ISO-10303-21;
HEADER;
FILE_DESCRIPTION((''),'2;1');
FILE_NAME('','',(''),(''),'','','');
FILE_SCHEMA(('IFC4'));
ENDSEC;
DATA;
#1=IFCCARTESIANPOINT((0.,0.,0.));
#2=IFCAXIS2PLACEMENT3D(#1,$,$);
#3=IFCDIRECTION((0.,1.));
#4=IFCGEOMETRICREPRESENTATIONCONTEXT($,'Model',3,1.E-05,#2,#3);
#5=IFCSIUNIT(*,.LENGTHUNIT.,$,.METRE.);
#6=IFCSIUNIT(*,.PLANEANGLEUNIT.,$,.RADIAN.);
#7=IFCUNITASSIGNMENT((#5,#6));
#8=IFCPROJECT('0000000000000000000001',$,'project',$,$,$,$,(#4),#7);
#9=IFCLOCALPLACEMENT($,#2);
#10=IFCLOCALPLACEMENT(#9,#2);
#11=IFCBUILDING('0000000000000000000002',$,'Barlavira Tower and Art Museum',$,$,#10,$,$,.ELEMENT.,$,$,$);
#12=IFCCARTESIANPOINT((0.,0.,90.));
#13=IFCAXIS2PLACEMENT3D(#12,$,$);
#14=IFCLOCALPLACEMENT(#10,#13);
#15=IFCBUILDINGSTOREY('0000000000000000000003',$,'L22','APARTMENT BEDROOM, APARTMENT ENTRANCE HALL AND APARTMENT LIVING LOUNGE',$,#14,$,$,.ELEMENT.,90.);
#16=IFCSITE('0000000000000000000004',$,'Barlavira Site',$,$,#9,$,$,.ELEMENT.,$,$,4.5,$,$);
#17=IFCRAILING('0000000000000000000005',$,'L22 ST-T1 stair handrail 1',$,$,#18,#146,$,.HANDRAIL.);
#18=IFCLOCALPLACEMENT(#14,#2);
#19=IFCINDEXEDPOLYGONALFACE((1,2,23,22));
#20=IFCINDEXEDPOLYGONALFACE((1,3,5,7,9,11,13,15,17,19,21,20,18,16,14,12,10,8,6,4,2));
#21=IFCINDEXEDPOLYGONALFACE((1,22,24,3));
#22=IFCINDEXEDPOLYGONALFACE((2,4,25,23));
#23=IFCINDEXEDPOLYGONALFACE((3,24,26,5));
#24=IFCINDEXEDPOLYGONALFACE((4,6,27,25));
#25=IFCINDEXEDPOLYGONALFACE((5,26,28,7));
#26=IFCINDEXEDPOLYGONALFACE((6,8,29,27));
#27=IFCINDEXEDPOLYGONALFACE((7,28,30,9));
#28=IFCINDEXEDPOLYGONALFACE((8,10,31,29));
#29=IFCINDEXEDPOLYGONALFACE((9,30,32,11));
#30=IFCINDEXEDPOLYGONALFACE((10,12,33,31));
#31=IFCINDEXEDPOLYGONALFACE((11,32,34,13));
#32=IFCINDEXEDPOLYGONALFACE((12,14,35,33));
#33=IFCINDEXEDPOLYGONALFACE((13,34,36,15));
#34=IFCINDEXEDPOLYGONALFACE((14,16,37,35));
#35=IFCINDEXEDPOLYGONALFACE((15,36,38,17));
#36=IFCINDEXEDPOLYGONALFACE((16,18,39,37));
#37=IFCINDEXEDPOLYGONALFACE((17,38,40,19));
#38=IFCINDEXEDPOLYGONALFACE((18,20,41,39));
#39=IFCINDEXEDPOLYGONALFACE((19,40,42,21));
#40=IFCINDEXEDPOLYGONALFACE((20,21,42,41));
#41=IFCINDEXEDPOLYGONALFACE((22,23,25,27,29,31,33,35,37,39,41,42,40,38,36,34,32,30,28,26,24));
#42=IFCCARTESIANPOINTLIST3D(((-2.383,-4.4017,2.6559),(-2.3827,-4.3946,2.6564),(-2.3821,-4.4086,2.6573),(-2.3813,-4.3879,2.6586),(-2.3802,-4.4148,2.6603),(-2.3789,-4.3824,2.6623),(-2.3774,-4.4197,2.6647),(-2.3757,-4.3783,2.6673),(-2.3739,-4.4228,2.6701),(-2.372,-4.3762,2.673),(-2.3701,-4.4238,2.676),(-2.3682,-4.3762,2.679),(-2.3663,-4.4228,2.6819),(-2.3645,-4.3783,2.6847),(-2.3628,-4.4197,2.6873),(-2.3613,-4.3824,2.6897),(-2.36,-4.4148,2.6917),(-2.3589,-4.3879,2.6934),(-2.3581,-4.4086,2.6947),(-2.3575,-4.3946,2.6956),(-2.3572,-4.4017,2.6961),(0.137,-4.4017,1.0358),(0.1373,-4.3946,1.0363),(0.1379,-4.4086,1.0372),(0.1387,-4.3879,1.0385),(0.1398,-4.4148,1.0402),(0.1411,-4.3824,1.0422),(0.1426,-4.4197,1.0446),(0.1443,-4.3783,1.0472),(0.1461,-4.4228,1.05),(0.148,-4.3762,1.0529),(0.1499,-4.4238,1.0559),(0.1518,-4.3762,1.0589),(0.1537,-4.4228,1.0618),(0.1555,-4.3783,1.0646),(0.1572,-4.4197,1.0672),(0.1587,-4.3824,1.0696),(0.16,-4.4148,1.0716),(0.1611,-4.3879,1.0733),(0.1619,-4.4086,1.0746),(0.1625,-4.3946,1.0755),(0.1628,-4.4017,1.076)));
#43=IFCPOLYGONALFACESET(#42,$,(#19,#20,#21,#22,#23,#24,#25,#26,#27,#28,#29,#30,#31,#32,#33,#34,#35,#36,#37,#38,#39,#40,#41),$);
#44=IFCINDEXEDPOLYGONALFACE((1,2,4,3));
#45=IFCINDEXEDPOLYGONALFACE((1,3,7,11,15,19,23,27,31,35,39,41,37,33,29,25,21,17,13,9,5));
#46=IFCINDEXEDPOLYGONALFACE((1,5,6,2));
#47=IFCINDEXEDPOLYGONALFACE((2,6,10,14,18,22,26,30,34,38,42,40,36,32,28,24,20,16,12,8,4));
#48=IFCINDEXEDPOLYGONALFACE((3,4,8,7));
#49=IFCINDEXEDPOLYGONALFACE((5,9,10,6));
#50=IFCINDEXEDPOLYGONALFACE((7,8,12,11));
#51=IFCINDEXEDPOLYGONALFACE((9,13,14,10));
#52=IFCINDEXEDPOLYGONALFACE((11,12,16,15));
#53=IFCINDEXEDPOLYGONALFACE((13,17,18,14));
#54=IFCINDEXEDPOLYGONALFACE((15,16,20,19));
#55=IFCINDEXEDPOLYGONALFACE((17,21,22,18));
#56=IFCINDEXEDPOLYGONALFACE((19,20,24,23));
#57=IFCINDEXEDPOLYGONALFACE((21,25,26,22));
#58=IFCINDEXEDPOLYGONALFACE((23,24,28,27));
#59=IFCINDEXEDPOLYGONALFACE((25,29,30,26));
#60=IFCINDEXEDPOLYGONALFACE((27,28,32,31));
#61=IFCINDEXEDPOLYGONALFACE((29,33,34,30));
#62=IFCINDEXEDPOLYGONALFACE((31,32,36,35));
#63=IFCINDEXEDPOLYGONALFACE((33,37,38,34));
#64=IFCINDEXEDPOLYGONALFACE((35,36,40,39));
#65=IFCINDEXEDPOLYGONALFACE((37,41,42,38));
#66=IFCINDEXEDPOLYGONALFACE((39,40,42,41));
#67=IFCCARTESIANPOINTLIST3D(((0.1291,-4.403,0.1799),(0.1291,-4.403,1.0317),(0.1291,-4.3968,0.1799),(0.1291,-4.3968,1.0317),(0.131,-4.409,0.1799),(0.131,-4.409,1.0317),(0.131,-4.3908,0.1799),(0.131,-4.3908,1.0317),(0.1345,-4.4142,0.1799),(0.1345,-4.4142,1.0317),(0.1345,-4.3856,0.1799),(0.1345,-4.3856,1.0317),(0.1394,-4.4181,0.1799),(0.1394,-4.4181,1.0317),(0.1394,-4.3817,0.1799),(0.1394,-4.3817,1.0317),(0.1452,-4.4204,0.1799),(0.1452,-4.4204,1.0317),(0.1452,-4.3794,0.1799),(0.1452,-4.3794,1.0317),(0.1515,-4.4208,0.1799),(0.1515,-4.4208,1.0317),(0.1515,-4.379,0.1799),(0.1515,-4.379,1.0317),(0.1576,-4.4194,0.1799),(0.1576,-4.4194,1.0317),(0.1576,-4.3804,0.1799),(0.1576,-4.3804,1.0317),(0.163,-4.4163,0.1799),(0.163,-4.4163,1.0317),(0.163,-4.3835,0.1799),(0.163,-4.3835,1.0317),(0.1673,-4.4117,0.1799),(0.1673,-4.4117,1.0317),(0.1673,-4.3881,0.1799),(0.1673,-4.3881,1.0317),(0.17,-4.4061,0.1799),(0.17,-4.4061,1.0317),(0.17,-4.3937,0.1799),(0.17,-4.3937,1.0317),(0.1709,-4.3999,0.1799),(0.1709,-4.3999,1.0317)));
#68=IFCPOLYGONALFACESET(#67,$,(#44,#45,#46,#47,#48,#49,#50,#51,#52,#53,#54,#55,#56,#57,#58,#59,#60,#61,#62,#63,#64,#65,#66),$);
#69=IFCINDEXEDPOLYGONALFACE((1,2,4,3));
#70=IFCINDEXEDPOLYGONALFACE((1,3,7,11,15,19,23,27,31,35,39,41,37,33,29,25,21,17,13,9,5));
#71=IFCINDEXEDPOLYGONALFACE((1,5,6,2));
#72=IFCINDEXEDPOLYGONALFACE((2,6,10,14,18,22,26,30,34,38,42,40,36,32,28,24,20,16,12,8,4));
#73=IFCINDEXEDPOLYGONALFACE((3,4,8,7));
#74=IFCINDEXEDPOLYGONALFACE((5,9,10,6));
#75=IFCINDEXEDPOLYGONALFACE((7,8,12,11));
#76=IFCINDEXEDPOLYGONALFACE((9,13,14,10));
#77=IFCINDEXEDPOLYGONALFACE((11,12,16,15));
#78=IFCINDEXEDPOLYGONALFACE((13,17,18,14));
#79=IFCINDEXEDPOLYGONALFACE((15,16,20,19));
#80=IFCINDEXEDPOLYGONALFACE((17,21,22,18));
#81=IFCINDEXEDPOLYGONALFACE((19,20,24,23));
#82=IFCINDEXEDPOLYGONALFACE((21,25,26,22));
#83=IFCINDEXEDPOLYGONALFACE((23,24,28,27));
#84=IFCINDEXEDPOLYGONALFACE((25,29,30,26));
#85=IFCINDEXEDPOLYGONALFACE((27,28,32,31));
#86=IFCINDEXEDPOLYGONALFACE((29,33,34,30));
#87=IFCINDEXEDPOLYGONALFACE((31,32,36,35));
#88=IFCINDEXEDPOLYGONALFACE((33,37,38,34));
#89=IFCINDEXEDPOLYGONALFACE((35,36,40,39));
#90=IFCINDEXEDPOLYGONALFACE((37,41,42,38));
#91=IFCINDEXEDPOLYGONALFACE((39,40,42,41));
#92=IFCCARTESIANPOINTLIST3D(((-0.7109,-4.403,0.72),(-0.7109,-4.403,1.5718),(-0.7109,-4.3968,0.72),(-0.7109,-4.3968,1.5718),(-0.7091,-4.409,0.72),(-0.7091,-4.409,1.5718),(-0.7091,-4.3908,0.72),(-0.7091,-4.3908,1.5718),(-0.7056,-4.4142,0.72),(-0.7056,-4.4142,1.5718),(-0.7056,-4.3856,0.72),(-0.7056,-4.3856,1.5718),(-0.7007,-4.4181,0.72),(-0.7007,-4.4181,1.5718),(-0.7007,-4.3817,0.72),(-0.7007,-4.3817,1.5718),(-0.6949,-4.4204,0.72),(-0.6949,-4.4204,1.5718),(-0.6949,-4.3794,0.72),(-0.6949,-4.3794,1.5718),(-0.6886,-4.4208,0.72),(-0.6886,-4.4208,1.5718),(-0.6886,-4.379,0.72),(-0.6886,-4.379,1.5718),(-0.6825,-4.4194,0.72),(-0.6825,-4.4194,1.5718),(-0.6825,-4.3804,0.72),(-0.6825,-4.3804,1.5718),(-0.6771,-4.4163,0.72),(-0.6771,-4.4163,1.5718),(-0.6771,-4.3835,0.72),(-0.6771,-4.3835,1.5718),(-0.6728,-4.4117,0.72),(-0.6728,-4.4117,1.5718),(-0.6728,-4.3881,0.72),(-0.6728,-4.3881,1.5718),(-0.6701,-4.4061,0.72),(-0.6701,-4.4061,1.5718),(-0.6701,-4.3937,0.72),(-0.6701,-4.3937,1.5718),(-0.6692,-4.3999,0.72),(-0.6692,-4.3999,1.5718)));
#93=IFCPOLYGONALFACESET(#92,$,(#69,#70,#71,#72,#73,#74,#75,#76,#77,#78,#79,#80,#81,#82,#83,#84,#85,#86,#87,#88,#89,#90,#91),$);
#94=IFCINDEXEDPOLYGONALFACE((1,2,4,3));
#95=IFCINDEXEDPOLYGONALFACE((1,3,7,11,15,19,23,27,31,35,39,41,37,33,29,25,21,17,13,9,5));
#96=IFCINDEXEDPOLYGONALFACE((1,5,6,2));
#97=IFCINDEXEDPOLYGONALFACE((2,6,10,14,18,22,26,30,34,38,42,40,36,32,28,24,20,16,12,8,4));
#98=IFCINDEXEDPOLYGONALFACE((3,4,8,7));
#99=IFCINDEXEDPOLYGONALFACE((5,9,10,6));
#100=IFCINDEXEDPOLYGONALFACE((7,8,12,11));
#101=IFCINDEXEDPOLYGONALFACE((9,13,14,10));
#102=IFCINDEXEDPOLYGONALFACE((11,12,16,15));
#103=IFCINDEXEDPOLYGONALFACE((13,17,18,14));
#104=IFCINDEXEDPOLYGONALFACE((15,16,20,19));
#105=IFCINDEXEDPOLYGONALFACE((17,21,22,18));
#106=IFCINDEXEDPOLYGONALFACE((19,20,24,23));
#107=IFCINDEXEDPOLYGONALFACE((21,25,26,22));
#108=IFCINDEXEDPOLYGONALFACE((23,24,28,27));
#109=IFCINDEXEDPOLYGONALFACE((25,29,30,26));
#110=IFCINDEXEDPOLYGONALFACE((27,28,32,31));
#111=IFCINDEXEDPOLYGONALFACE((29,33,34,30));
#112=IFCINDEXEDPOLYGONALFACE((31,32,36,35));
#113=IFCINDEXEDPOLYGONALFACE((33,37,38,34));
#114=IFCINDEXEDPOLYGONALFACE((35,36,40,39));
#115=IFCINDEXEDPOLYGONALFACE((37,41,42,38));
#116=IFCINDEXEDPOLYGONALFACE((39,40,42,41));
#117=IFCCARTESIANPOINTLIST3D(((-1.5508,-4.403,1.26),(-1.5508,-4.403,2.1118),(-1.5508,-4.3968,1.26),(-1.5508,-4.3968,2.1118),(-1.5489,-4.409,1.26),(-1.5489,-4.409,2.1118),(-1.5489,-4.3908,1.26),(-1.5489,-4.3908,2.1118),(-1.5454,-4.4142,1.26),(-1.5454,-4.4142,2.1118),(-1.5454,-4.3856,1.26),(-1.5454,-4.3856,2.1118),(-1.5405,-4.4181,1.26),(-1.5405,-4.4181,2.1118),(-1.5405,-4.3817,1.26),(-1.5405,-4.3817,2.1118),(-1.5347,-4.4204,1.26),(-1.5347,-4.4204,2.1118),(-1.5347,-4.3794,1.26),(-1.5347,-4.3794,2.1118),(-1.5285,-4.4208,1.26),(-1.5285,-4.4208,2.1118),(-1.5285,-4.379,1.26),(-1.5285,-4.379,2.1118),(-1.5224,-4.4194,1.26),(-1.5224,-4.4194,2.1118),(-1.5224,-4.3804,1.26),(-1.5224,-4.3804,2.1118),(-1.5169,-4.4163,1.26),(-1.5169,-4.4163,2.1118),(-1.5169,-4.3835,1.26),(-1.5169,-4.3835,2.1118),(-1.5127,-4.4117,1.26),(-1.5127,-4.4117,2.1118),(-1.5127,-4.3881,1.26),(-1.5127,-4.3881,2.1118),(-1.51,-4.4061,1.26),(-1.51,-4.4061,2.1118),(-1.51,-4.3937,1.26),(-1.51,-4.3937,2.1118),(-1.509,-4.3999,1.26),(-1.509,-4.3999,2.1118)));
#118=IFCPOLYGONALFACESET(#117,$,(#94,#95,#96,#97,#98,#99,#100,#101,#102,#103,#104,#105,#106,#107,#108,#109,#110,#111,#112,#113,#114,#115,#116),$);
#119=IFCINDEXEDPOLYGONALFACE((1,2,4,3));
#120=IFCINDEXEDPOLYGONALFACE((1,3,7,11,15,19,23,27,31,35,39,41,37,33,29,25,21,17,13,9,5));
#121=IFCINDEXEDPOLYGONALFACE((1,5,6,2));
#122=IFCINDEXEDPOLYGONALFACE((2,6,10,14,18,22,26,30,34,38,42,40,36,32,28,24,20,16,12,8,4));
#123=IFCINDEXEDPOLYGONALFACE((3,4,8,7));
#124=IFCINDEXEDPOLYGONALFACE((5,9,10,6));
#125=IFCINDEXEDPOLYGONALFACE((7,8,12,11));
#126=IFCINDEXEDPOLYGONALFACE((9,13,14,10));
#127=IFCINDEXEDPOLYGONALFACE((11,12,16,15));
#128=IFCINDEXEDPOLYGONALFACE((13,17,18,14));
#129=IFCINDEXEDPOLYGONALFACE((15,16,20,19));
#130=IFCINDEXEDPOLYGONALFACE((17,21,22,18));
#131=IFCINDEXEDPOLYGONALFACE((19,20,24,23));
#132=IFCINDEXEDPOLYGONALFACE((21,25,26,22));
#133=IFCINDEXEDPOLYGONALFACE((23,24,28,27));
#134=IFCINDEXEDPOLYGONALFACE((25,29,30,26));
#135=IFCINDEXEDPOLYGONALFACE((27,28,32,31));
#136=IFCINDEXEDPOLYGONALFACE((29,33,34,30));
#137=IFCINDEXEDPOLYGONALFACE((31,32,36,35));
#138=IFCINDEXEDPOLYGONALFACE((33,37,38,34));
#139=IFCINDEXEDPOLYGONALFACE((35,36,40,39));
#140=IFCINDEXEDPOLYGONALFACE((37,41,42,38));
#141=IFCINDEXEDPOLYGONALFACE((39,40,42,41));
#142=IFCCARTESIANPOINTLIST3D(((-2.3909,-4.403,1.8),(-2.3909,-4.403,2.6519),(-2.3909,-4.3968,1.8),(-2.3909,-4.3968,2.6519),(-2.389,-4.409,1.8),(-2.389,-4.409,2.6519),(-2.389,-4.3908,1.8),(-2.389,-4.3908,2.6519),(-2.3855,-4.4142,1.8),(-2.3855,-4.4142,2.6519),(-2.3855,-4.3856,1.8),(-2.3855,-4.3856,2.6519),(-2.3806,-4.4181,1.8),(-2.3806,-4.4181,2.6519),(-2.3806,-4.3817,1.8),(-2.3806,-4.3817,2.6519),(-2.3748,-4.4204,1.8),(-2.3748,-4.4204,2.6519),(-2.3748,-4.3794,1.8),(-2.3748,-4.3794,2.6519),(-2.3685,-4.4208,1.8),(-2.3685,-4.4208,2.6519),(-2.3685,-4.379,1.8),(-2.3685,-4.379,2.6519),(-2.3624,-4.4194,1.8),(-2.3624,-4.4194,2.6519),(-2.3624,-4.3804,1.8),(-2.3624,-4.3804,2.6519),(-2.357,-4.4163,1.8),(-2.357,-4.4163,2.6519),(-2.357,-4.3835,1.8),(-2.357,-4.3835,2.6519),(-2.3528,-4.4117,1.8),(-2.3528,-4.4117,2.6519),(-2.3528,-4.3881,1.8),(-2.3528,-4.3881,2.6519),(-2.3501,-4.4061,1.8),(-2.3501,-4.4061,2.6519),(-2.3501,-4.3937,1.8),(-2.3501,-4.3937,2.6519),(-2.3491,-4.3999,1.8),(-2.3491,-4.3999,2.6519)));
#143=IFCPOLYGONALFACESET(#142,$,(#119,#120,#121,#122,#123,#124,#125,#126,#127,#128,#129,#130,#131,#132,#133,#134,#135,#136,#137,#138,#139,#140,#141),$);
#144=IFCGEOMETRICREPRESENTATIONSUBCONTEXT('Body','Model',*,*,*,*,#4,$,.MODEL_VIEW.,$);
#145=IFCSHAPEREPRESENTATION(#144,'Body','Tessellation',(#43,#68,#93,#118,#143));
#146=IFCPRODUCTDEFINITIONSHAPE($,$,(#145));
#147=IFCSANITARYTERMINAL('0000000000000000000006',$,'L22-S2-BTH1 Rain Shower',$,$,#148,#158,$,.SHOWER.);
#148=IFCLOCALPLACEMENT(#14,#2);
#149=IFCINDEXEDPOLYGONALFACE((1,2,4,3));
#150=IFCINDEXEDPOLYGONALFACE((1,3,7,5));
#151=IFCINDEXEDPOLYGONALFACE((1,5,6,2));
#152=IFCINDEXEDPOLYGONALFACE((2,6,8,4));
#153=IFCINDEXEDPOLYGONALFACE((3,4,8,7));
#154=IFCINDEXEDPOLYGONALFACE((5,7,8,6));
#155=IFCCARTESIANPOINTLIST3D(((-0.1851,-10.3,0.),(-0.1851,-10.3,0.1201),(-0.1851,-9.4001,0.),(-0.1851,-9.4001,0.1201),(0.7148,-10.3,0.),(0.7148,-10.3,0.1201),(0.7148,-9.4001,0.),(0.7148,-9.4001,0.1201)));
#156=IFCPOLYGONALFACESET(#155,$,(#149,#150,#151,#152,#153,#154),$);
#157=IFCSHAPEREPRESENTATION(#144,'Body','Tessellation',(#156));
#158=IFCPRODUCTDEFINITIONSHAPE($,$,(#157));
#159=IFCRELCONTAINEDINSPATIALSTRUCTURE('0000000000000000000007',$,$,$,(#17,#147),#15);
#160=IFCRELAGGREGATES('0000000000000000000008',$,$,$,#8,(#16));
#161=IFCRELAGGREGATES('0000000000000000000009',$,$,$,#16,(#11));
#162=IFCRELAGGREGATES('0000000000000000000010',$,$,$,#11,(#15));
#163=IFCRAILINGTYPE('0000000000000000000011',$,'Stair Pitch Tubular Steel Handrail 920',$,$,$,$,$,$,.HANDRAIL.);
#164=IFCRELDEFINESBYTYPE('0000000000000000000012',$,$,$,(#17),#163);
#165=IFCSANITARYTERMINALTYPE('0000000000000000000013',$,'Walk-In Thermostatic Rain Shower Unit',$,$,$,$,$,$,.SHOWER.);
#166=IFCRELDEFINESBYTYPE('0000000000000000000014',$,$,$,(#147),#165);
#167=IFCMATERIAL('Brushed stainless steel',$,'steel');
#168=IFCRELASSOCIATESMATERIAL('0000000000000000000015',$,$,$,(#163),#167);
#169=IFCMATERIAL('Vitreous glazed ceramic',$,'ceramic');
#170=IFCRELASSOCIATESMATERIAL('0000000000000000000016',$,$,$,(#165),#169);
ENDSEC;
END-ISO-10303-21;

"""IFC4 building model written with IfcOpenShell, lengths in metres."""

from ifc_helpers import new_model, si_unit, direction, frame, origin, origin_2d, place, context, subcontext, project, spatial, rectangle, circle, extrude, material, type_object, element, save


model = new_model("IFC4")

# Units and contexts
model_context = context("Model", 3, precision=1e-05, world=origin(), true_north=direction((0.0, 1.0)))
body_context = subcontext(model_context, "Body", "Model", "MODEL_VIEW")
ifc_project = project(units=[si_unit("LENGTHUNIT", "METRE"), si_unit("PLANEANGLEUNIT", "RADIAN")], contexts=[model_context])

# Site, building, storey
site_placement = place(None, origin())
site = spatial("IfcSite", under=ifc_project, at=site_placement, Name="Barlavira Site", CompositionType="ELEMENT", RefElevation=4.5)
building_placement = place(site_placement, origin())
building = spatial("IfcBuilding", under=site, at=building_placement, Name="Barlavira Tower and Art Museum", CompositionType="ELEMENT")
storey_placement = place(building_placement, frame((0.0, 0.0, 90.0)))
storey = spatial("IfcBuildingStorey", under=building, at=storey_placement, Name="L22", Description="APARTMENT BEDROOM, APARTMENT ENTRANCE HALL AND APARTMENT LIVING LOUNGE", CompositionType="ELEMENT", Elevation=90.0)

# Shared definitions
ifc_material_1 = material(Name="Brushed stainless steel", Category="steel")

# Railing
railing_type_1 = type_object("IfcRailingType", Name="Stair Pitch Tubular Steel Handrail 920", PredefinedType="HANDRAIL", material=ifc_material_1)
railing_1_placement = place(storey_placement, frame((0.1499, -4.3999, 0.1799)))
element("IfcRailing", 1, at=railing_1_placement, inside=storey, type_object=railing_type_1, Name="L22 ST-T1 stair handrail 1", PredefinedType="HANDRAIL", context=body_context, shape_type="SweptSolid", body=[
    extrude(circle(Radius=0.0239, at=origin_2d()), frame((0.0, 0.0, 0.876), z_axis=(-0.841163, 0.0, 0.540782), x_axis=(0.0, -1.0, 0.0)), (0.0, 0.0, 1.0), 2.9958),
    extrude(circle(Radius=0.021, at=origin_2d()), origin(), (0.0, 0.0, 1.0), 0.8518),
    extrude(circle(Radius=0.021, at=origin_2d()), frame((-0.8401, 0.0, 0.54)), (0.0, 0.0, 1.0), 0.8518),
    extrude(circle(Radius=0.021, at=origin_2d()), frame((-1.6799, 0.0, 1.0801)), (0.0, 0.0, 1.0), 0.8518),
    extrude(circle(Radius=0.021, at=origin_2d()), frame((-2.52, 0.0, 1.6201)), (0.0, 0.0, 1.0), 0.8518),
])

# Sanitary terminal
ifc_material_2 = material(Name="Vitreous glazed ceramic", Category="ceramic")
sanitary_terminal_type = type_object("IfcSanitaryTerminalType", Name="Walk-In Thermostatic Rain Shower Unit", PredefinedType="SHOWER", material=ifc_material_2)
sanitary_terminal_placement = place(storey_placement, frame((0.2649, -9.8501, 0.0), z_axis=(0.0, 0.0, 1.0), x_axis=(1.0, 0.0, 0.0)))
element("IfcSanitaryTerminal", 2, at=sanitary_terminal_placement, inside=storey, type_object=sanitary_terminal_type, Name="L22-S2-BTH1 Rain Shower", PredefinedType="SHOWER", context=body_context, shape_type="SweptSolid", body=[
    extrude(rectangle(XDim=0.8999, YDim=0.8999, at=origin_2d()), origin(), (0.0, 0.0, 1.0), 0.1201),
])

save(model, "model.ifc")
